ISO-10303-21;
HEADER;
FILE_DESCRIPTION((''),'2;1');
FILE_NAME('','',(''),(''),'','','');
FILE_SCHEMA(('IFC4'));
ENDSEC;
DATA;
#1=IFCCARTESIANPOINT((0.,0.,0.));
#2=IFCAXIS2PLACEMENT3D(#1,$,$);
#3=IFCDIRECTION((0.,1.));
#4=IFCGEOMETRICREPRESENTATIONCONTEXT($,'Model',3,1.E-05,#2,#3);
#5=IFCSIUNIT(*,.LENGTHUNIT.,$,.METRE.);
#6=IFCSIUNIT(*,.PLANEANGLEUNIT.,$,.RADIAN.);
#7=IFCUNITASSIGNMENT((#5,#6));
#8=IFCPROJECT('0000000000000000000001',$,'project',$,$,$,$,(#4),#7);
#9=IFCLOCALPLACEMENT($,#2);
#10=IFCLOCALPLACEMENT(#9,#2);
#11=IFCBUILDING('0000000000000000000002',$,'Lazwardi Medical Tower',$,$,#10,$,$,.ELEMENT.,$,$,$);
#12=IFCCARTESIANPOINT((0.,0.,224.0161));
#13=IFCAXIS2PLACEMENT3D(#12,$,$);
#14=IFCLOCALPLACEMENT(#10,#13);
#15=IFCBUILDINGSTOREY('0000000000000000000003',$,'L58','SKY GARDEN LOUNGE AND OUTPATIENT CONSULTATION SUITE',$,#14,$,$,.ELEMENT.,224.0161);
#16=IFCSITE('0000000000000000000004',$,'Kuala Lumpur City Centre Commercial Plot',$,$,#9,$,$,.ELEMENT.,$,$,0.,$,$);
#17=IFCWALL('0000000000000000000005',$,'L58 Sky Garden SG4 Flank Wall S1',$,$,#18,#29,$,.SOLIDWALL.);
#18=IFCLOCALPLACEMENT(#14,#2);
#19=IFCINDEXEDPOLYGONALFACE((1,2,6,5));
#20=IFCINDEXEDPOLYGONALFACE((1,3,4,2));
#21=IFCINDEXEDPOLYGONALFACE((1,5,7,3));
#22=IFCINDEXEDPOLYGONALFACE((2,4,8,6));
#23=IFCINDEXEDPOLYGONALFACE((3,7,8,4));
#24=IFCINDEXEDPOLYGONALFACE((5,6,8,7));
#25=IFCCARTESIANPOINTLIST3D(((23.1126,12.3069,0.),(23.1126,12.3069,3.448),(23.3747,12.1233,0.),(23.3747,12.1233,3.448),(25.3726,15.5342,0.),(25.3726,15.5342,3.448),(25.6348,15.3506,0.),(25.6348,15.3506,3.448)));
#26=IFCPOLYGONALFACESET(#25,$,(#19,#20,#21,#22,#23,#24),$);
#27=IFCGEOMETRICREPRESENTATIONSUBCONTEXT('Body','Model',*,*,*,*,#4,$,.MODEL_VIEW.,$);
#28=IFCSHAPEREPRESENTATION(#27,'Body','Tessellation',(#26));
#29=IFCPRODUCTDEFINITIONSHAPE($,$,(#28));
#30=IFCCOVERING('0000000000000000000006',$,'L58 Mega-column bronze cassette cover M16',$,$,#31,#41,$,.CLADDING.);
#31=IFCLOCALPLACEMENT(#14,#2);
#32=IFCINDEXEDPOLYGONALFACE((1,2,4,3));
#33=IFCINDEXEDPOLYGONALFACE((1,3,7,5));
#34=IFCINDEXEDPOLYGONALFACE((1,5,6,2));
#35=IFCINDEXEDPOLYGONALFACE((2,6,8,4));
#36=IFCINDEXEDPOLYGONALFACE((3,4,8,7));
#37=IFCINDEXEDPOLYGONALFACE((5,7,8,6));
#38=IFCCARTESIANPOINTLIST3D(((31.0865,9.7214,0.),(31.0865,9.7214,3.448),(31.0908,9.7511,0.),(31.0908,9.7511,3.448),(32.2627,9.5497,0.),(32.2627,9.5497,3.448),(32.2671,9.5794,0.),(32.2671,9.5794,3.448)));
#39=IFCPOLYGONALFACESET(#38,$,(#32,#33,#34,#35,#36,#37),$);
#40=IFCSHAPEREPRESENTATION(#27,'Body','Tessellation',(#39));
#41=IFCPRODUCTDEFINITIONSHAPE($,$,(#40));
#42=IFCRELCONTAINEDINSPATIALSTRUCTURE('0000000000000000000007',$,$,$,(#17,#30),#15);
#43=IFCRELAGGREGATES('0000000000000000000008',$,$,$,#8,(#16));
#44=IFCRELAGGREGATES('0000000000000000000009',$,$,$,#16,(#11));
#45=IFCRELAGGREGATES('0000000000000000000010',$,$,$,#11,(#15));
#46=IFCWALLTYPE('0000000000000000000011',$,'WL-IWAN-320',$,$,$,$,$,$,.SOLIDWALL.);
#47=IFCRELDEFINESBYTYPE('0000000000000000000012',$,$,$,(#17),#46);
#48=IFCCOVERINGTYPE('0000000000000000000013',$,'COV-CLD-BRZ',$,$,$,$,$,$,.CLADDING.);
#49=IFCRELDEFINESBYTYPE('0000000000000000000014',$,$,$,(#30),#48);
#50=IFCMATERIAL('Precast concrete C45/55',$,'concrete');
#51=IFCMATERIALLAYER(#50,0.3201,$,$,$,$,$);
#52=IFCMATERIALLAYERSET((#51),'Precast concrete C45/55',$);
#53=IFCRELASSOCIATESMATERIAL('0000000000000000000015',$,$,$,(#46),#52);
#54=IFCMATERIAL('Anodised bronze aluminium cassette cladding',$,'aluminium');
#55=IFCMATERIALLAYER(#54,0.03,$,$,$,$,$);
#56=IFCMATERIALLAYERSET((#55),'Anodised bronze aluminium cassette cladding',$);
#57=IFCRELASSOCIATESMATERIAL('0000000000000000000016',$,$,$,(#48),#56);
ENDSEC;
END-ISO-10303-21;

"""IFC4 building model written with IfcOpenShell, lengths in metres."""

from ifc_helpers import new_model, si_unit, direction, frame, frame_2d, origin, origin_2d, place, context, subcontext, project, spatial, rectangle, extrude, material, layer, layer_set, type_object, element, save


model = new_model("IFC4")

# Units and contexts
model_context = context("Model", 3, precision=1e-05, world=origin(), true_north=direction((0.0, 1.0)))
body_context = subcontext(model_context, "Body", "Model", "MODEL_VIEW")
ifc_project = project(units=[si_unit("LENGTHUNIT", "METRE"), si_unit("PLANEANGLEUNIT", "RADIAN")], contexts=[model_context])

# Site, building, storey
site_placement = place(None, origin())
site = spatial("IfcSite", under=ifc_project, at=site_placement, Name="Kuala Lumpur City Centre Commercial Plot", CompositionType="ELEMENT", RefElevation=0.0)
building_placement = place(site_placement, origin())
building = spatial("IfcBuilding", under=site, at=building_placement, Name="Lazwardi Medical Tower", CompositionType="ELEMENT")
storey_placement = place(building_placement, frame((0.0, 0.0, 224.0161)))
storey = spatial("IfcBuildingStorey", under=building, at=storey_placement, Name="L58", Description="SKY GARDEN LOUNGE AND OUTPATIENT CONSULTATION SUITE", CompositionType="ELEMENT", Elevation=224.0161)

# Shared definitions
ifc_material_1 = material(Name="Precast concrete C45/55", Category="concrete")
ifc_layer_1 = layer(ifc_material_1, 0.3201)
ifc_layer_set_1 = layer_set([ifc_layer_1], Name="Precast concrete C45/55")
wall_type = type_object("IfcWallType", Name="WL-IWAN-320", PredefinedType="SOLIDWALL", material=ifc_layer_set_1)

# Wall
wall_1_placement = place(storey_placement, frame((23.2437, 12.2151, 0.0), z_axis=(0.0, 0.0, 1.0), x_axis=(0.573616, 0.819124, 0.0)))
element("IfcWall", 1, at=wall_1_placement, inside=storey, type_object=wall_type, Name="L58 Sky Garden SG4 Flank Wall S1", PredefinedType="SOLIDWALL", context=body_context, shape_type="SweptSolid", body=[
    extrude(rectangle(XDim=3.9399, YDim=0.3201, at=frame_2d((1.97, 0.0))), origin(), (0.0, 0.0, 1.0), 3.448),
])

# Covering
ifc_material_2 = material(Name="Anodised bronze aluminium cassette cladding", Category="aluminium")
ifc_layer_2 = layer(ifc_material_2, 0.03)
ifc_layer_set_2 = layer_set([ifc_layer_2], Name="Anodised bronze aluminium cassette cladding")
covering_type = type_object("IfcCoveringType", Name="COV-CLD-BRZ", PredefinedType="CLADDING", material=ifc_layer_set_2)
covering_placement = place(storey_placement, frame((31.6768, 9.6504, 0.0), z_axis=(0.0, 0.0, 1.0), x_axis=(0.989512, -0.144448, 0.0)))
element("IfcCovering", 2, at=covering_placement, inside=storey, type_object=covering_type, Name="L58 Mega-column bronze cassette cover M16", PredefinedType="CLADDING", context=body_context, shape_type="SweptSolid", body=[
    extrude(rectangle(XDim=1.1887, YDim=0.03, at=origin_2d()), origin(), (0.0, 0.0, 1.0), 3.448),
])

save(model, "model.ifc")
